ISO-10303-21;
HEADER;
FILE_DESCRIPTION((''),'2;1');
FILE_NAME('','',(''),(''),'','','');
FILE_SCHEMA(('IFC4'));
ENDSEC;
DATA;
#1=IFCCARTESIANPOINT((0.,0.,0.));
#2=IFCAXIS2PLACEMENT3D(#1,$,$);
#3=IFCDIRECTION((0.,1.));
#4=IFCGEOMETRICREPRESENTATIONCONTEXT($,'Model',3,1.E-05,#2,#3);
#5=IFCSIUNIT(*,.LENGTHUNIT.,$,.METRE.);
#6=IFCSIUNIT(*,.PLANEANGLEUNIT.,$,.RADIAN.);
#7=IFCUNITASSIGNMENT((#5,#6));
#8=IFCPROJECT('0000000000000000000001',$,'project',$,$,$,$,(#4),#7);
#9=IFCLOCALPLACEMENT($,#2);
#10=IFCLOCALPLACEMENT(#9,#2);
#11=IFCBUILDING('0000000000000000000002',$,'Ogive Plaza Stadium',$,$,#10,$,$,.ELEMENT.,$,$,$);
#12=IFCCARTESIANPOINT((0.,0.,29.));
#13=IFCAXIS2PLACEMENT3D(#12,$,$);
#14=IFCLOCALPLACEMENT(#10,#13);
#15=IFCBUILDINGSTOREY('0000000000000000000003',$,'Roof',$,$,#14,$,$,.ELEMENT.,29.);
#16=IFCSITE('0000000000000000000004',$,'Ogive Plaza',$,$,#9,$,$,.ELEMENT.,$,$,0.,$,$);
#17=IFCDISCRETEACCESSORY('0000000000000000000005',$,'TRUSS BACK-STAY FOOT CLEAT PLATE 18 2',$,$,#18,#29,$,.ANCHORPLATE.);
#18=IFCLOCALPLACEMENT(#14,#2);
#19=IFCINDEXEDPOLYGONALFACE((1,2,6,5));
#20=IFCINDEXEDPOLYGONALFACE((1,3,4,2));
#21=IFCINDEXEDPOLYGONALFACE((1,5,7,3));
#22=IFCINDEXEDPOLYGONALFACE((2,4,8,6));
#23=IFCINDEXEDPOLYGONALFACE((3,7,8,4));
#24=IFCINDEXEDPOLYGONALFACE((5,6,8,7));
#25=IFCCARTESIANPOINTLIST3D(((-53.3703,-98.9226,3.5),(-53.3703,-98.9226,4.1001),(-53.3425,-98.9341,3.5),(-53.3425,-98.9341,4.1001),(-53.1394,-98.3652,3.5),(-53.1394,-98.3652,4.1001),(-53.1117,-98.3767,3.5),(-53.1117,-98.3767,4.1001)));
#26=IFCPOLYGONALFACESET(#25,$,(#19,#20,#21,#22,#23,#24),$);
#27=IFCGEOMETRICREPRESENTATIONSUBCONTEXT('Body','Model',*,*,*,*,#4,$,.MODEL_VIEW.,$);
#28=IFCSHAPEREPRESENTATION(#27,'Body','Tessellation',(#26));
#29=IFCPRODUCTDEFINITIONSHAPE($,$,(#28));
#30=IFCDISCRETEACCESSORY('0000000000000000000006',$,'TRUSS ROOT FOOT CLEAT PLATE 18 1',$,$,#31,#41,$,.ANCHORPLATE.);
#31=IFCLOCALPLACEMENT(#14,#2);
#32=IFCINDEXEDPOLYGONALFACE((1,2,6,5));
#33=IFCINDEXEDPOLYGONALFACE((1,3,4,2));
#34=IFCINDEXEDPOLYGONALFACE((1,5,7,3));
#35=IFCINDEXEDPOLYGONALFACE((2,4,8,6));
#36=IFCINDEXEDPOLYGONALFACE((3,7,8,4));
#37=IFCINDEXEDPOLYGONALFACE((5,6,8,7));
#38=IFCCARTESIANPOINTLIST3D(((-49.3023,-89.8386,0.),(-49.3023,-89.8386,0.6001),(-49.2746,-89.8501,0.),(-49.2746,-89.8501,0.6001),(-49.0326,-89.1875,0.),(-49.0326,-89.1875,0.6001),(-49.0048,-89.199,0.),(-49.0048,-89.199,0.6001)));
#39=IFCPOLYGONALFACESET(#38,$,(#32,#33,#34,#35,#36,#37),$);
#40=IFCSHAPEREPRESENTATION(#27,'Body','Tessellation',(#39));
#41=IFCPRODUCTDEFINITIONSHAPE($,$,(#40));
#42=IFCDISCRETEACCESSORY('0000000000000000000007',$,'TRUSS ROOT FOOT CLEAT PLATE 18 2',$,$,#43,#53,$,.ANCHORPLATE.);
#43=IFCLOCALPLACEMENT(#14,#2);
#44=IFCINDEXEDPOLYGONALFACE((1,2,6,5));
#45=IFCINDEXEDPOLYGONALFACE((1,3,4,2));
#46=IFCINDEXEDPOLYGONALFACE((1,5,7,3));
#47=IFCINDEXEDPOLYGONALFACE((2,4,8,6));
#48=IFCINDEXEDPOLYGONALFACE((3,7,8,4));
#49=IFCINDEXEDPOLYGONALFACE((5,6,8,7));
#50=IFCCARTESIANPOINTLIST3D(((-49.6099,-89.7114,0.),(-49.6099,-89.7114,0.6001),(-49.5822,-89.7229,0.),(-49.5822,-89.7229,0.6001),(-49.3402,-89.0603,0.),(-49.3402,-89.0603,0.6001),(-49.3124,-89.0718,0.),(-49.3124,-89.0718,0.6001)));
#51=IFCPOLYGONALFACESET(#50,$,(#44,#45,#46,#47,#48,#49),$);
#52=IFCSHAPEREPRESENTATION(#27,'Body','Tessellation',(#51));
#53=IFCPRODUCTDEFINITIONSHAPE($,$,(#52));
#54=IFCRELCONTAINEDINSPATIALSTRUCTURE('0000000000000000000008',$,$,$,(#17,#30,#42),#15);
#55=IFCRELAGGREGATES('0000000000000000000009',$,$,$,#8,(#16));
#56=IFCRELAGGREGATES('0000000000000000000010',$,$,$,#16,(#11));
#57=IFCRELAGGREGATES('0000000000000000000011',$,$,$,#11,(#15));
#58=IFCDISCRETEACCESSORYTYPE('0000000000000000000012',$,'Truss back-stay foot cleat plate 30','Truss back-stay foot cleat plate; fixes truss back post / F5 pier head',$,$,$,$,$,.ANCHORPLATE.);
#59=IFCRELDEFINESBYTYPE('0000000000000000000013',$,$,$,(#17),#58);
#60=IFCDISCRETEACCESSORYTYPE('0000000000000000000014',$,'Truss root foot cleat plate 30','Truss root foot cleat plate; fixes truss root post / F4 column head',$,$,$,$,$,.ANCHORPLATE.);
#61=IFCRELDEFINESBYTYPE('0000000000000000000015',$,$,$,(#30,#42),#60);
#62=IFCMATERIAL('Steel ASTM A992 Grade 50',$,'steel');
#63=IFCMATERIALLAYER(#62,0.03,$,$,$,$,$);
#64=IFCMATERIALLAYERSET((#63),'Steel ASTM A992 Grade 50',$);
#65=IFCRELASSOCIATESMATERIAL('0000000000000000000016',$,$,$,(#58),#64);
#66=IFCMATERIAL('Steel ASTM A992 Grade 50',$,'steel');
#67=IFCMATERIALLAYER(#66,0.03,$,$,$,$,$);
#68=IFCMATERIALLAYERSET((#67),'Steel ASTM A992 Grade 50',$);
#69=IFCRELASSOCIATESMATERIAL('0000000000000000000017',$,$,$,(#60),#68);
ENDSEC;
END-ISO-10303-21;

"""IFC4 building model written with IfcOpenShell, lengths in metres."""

from ifc_helpers import new_model, si_unit, direction, frame, origin, origin_2d, place, context, subcontext, project, spatial, rectangle, extrude, material, layer, layer_set, type_object, element, save


model = new_model("IFC4")

# Units and contexts
model_context = context("Model", 3, precision=1e-05, world=origin(), true_north=direction((0.0, 1.0)))
body_context = subcontext(model_context, "Body", "Model", "MODEL_VIEW")
ifc_project = project(units=[si_unit("LENGTHUNIT", "METRE"), si_unit("PLANEANGLEUNIT", "RADIAN")], contexts=[model_context])

# Site, building, storey
site_placement = place(None, origin())
site = spatial("IfcSite", under=ifc_project, at=site_placement, Name="Ogive Plaza", CompositionType="ELEMENT", RefElevation=0.0)
building_placement = place(site_placement, origin())
building = spatial("IfcBuilding", under=site, at=building_placement, Name="Ogive Plaza Stadium", CompositionType="ELEMENT")
storey_placement = place(building_placement, frame((0.0, 0.0, 29.0)))
storey = spatial("IfcBuildingStorey", under=building, at=storey_placement, Name="Roof", CompositionType="ELEMENT", Elevation=29.0)

# Discrete accessories
ifc_material_1 = material(Name="Steel ASTM A992 Grade 50", Category="steel")
ifc_layer_1 = layer(ifc_material_1, 0.03)
ifc_layer_set_1 = layer_set([ifc_layer_1], Name="Steel ASTM A992 Grade 50")
discrete_accessory_type_1 = type_object("IfcDiscreteAccessoryType", Name="Truss back-stay foot cleat plate 30", Description="Truss back-stay foot cleat plate; fixes truss back post / F5 pier head", PredefinedType="ANCHORPLATE", material=ifc_layer_set_1)
for number, where, z_axis, x_axis, name in (
    (1, (-53.241, -98.6497, 3.5), (0.0, 0.0, 1.0), (-0.382683, -0.92388, 0.0), "TRUSS BACK-STAY FOOT CLEAT PLATE 18 2"),
):
    element("IfcDiscreteAccessory", number, at=place(storey_placement, frame(where, z_axis=z_axis, x_axis=x_axis)), inside=storey, type_object=discrete_accessory_type_1, Name=name, PredefinedType="ANCHORPLATE", context=body_context, shape_type="SweptSolid", body=[
        extrude(rectangle(XDim=0.6033, YDim=0.03, at=origin_2d()), origin(), (0.0, 0.0, 1.0), 0.6001),
    ])
ifc_material_2 = material(Name="Steel ASTM A992 Grade 50", Category="steel")
ifc_layer_2 = layer(ifc_material_2, 0.03)
ifc_layer_set_2 = layer_set([ifc_layer_2], Name="Steel ASTM A992 Grade 50")
discrete_accessory_type_2 = type_object("IfcDiscreteAccessoryType", Name="Truss root foot cleat plate 30", Description="Truss root foot cleat plate; fixes truss root post / F4 column head", PredefinedType="ANCHORPLATE", material=ifc_layer_set_2)
for number, where, z_axis, x_axis, name in (
    (2, (-49.1536, -89.5188, 0.0), (0.0, 0.0, 1.0), (-0.382683, -0.92388, 0.0), "TRUSS ROOT FOOT CLEAT PLATE 18 1"),
    (3, (-49.4612, -89.3916, 0.0), (0.0, 0.0, 1.0), (-0.382683, -0.92388, 0.0), "TRUSS ROOT FOOT CLEAT PLATE 18 2"),
):
    element("IfcDiscreteAccessory", number, at=place(storey_placement, frame(where, z_axis=z_axis, x_axis=x_axis)), inside=storey, type_object=discrete_accessory_type_2, Name=name, PredefinedType="ANCHORPLATE", context=body_context, shape_type="SweptSolid", body=[
        extrude(rectangle(XDim=0.7048, YDim=0.03, at=origin_2d()), origin(), (0.0, 0.0, 1.0), 0.6001),
    ])

save(model, "model.ifc")
